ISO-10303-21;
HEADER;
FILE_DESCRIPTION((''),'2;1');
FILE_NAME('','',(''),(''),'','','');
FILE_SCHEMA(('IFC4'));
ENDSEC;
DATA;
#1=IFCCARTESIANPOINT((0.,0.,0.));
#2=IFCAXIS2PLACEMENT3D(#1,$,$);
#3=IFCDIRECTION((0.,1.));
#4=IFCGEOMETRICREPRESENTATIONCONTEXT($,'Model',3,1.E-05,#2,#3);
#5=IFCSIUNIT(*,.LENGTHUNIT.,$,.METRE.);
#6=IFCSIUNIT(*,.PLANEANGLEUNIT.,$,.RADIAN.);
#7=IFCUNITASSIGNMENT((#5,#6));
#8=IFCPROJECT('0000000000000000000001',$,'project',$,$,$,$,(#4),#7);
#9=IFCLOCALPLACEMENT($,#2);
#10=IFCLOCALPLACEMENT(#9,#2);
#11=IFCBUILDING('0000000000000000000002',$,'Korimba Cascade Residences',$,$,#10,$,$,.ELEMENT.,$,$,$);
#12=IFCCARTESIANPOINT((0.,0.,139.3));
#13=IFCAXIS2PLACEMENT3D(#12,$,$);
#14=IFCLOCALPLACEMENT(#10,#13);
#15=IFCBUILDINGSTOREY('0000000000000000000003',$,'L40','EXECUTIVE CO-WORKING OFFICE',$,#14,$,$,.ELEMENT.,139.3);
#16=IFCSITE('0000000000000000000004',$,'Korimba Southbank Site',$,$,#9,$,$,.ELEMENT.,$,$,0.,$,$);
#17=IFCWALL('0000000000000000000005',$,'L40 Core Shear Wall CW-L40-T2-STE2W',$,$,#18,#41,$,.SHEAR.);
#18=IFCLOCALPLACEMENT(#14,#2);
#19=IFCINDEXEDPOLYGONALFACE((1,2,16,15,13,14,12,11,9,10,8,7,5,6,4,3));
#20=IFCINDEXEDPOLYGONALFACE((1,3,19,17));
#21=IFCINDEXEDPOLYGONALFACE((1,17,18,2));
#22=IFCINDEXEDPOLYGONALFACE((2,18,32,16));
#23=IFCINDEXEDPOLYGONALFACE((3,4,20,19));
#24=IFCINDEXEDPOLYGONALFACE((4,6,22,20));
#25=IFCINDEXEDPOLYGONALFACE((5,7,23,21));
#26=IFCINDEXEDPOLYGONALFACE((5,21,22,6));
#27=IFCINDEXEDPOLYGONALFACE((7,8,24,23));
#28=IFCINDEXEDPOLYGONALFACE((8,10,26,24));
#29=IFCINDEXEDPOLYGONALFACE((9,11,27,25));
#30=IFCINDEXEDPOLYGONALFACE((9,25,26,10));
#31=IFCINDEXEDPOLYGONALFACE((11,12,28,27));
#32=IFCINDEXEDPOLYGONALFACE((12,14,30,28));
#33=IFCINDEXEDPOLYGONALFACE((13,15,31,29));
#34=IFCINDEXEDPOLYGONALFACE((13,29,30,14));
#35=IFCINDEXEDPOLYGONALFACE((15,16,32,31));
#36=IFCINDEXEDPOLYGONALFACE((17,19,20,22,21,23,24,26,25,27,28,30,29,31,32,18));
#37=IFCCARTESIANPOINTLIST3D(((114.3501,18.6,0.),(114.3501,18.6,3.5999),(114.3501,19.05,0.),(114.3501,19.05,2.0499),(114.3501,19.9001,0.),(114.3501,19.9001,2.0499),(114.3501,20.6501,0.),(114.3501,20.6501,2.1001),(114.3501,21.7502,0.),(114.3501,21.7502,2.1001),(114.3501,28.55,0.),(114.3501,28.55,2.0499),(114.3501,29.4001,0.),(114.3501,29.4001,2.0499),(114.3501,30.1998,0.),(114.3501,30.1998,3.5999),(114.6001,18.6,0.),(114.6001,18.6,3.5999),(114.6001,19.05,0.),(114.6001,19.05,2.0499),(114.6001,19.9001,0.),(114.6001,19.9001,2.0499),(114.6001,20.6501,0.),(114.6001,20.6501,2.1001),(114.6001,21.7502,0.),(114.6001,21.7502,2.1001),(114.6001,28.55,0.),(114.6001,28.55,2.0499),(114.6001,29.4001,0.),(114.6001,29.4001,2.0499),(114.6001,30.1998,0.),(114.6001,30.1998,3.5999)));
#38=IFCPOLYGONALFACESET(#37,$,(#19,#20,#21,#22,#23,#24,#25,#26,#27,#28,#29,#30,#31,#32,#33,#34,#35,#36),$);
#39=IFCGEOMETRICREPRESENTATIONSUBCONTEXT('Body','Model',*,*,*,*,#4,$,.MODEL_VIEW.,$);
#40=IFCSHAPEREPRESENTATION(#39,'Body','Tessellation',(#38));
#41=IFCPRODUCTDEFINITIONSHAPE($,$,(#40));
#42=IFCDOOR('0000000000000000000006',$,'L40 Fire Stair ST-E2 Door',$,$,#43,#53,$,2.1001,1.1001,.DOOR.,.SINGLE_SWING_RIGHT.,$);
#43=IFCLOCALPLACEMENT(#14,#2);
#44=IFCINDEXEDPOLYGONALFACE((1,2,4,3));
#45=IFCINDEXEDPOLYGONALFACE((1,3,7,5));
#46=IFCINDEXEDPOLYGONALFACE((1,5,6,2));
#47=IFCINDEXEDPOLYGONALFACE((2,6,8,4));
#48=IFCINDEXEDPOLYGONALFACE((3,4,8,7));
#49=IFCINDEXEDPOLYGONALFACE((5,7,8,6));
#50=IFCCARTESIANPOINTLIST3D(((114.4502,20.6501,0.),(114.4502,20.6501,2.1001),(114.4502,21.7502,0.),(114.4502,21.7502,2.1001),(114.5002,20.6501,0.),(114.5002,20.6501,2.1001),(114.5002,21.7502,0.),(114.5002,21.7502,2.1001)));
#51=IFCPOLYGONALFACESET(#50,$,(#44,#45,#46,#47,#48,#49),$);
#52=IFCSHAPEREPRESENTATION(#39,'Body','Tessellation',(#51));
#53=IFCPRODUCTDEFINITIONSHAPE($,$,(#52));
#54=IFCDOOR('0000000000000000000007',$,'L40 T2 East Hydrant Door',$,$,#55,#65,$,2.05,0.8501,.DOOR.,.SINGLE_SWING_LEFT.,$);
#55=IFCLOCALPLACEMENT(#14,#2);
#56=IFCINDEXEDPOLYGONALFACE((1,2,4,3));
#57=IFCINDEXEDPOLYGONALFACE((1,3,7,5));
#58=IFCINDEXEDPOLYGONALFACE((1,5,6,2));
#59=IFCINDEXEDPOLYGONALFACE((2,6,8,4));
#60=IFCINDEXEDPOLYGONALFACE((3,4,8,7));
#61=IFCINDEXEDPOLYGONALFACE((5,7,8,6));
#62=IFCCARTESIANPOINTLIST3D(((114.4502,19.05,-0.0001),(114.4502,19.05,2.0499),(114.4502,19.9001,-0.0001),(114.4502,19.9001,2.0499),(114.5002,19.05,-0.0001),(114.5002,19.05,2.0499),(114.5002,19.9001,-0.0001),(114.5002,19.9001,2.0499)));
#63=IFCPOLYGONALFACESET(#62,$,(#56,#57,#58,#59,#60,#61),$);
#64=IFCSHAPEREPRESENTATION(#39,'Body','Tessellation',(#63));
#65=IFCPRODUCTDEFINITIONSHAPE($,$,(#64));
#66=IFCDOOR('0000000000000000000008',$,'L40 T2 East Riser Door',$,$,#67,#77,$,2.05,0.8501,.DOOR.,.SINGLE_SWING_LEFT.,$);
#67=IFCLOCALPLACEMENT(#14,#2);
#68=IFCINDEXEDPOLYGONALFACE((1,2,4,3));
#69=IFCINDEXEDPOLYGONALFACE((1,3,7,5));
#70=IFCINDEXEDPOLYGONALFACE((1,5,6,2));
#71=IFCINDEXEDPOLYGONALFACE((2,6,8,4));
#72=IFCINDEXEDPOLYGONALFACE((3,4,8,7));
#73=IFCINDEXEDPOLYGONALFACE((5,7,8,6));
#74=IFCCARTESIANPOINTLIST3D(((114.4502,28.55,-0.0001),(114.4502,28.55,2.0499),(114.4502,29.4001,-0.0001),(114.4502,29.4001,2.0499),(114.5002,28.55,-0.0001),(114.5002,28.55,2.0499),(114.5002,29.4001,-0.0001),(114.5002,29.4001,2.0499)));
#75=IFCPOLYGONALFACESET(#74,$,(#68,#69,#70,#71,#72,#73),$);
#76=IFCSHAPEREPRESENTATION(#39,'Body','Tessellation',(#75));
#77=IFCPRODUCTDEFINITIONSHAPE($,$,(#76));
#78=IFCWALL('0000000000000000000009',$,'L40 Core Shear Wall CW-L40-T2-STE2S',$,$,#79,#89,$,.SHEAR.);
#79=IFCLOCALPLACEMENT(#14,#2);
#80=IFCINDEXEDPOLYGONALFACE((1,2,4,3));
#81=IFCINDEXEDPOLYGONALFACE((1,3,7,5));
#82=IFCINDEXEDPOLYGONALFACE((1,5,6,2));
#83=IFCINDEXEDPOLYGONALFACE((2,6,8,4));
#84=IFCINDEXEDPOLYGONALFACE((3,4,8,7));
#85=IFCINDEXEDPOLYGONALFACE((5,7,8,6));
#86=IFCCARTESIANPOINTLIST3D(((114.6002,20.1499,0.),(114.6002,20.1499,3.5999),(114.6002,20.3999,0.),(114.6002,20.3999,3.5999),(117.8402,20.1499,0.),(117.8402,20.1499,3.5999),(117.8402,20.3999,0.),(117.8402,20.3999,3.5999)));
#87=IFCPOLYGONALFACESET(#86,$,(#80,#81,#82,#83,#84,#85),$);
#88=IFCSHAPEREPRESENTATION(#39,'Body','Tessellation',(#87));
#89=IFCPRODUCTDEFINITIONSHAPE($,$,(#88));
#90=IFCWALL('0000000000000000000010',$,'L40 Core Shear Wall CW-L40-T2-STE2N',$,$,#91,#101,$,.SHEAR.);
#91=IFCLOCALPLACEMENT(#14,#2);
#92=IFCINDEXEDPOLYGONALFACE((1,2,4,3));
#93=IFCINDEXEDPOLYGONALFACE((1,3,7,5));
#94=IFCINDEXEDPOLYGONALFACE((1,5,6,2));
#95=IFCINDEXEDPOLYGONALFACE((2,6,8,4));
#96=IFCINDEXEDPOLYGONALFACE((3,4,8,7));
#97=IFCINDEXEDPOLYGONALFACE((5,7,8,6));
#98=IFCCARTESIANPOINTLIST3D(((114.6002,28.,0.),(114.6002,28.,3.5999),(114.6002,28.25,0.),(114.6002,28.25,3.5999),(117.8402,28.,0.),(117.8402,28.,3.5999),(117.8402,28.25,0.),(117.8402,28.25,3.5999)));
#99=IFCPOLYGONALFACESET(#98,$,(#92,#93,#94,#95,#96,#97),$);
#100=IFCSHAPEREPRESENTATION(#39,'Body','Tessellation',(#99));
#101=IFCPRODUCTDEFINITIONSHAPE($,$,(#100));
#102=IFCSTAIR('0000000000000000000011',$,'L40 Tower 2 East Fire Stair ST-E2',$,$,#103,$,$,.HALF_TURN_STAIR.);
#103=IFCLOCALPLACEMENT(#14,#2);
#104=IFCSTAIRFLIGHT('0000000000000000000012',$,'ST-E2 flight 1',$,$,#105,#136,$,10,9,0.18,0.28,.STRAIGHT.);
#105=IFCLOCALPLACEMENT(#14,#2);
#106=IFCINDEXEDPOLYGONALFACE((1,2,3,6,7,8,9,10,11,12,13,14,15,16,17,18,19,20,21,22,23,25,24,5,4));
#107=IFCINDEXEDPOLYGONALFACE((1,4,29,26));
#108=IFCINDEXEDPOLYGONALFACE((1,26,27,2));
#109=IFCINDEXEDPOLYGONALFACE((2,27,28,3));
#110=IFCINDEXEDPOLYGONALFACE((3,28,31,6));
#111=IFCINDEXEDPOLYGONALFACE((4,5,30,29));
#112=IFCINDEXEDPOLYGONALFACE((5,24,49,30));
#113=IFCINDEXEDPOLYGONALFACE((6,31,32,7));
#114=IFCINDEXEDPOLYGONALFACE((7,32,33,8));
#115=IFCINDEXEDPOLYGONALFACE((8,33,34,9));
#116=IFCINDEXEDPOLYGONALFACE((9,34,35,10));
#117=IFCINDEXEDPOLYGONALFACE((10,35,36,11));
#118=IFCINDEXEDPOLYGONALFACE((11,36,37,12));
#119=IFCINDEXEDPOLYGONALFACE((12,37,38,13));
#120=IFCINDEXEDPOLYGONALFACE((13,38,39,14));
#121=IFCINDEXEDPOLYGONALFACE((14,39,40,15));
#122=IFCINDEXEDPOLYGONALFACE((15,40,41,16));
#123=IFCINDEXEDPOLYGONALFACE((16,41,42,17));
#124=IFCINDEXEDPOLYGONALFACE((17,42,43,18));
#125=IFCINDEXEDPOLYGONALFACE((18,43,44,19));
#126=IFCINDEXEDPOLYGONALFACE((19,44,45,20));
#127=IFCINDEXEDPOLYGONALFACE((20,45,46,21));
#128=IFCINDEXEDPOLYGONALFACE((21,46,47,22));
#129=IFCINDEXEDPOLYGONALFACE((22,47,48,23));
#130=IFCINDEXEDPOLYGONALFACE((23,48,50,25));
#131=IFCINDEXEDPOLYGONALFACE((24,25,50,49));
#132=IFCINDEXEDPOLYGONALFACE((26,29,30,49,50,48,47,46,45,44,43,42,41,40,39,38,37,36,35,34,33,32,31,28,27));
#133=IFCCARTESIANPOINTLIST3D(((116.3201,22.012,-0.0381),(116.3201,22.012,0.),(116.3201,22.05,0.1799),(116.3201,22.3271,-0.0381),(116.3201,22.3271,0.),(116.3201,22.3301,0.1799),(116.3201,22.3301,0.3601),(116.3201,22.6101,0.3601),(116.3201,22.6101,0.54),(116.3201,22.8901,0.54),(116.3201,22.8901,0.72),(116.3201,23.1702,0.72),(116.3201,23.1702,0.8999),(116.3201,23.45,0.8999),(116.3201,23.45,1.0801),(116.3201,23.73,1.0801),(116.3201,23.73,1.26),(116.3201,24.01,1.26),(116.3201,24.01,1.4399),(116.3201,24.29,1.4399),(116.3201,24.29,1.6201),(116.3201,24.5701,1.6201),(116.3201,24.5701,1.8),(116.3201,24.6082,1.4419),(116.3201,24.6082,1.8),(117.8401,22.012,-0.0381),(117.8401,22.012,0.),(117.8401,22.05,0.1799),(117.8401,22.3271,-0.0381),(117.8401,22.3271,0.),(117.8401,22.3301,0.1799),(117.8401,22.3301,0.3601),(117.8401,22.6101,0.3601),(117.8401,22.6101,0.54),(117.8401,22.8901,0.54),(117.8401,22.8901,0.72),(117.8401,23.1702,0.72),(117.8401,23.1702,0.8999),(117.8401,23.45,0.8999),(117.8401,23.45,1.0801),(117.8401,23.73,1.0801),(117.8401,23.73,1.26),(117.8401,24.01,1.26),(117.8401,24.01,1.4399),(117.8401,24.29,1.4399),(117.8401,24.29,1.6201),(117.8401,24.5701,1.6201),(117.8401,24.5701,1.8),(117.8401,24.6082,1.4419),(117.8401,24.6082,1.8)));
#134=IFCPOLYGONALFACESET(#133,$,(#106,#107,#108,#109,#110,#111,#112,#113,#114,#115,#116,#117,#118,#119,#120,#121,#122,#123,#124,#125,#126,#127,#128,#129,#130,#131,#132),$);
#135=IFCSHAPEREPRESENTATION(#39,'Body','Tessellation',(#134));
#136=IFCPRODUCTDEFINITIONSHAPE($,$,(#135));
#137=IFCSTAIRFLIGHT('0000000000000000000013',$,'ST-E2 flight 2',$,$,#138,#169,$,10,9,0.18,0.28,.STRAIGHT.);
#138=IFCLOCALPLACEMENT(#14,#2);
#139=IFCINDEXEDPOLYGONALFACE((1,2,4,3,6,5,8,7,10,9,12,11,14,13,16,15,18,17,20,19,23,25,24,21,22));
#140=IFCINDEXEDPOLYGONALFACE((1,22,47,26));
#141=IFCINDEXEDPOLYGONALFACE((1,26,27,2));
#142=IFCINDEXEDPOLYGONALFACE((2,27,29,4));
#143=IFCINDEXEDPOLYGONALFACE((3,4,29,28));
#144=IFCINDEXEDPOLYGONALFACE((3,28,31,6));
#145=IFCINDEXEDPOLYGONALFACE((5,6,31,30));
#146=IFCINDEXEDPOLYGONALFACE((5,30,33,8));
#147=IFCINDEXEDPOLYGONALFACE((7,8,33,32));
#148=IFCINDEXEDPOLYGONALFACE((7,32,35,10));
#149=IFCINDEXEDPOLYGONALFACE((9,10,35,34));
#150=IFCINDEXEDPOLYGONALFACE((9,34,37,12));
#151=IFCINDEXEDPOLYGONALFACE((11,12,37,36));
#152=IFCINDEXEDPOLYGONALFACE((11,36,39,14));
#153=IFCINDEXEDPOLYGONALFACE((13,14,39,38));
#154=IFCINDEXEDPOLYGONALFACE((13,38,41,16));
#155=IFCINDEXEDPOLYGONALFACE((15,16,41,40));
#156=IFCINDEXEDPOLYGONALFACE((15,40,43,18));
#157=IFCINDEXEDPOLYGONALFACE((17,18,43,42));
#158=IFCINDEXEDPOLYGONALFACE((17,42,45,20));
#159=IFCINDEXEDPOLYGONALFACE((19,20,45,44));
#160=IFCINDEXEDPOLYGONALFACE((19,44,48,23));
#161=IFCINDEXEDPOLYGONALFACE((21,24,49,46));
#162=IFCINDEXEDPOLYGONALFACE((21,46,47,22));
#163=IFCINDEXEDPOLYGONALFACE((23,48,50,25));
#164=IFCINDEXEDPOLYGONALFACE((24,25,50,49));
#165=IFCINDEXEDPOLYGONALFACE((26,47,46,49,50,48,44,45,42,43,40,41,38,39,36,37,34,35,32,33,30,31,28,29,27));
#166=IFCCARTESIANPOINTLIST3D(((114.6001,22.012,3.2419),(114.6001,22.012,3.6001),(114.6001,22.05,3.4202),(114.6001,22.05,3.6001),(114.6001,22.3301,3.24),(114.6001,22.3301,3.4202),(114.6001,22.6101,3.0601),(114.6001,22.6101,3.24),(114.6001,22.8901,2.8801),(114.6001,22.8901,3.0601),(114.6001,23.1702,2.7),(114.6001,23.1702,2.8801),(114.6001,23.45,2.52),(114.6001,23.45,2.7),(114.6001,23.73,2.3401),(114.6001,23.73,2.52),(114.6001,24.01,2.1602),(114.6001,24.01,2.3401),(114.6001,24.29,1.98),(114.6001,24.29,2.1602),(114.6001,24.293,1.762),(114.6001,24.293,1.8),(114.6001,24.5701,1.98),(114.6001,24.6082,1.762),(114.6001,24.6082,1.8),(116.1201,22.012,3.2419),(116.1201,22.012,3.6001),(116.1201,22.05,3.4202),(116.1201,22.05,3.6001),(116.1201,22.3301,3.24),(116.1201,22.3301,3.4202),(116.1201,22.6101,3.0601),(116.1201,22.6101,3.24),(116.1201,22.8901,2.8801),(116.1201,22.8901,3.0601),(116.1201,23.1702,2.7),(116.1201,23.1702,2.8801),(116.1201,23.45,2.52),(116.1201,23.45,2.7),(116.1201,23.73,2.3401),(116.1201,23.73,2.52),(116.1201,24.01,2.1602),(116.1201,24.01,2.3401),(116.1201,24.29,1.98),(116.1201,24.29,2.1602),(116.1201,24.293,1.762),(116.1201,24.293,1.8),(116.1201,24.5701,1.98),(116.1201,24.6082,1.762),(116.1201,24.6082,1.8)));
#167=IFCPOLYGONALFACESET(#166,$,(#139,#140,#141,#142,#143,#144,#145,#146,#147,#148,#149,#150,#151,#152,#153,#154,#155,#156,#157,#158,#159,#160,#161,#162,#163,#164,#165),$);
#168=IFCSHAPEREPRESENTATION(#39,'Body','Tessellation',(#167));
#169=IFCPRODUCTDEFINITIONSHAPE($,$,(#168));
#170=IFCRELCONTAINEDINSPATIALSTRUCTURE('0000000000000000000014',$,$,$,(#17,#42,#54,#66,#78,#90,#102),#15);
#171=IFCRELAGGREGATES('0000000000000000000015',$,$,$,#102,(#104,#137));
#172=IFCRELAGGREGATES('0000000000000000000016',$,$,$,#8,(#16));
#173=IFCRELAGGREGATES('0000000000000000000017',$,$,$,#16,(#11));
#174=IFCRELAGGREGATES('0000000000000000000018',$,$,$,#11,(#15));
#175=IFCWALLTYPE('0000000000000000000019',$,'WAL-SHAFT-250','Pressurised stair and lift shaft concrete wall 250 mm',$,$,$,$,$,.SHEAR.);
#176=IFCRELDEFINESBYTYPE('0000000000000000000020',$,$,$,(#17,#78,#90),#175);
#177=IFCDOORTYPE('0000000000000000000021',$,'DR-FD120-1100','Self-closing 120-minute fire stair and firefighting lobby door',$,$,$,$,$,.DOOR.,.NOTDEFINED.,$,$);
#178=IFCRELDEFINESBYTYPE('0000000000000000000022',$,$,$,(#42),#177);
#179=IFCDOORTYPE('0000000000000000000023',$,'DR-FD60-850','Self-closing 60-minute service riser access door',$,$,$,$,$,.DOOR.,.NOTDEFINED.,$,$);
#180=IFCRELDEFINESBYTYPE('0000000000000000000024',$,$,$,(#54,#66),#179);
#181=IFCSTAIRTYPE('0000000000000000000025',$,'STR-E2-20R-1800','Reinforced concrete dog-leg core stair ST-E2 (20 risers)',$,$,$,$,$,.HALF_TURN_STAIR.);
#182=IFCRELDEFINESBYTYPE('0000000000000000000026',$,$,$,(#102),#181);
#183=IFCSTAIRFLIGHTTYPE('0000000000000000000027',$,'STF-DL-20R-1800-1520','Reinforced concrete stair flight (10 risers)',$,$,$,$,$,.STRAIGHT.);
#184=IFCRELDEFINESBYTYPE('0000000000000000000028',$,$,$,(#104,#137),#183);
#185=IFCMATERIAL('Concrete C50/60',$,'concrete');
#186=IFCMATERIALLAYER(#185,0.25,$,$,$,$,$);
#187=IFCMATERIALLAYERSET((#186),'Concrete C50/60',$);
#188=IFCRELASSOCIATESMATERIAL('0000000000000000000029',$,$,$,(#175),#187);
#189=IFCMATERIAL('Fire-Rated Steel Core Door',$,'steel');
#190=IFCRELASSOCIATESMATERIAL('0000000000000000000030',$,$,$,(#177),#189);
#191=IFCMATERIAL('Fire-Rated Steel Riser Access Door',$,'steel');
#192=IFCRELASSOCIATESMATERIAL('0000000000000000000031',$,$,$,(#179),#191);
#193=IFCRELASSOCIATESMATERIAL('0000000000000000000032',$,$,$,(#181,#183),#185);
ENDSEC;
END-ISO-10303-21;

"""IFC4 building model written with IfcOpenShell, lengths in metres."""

from ifc_helpers import new_model, si_unit, direction, frame, frame_2d, origin, place, context, subcontext, project, spatial, polyline, rectangle, outline, extrude, material, layer, layer_set, type_object, element, fill, aggregate, save


model = new_model("IFC4")

# Units and contexts
model_context = context("Model", 3, precision=1e-05, world=origin(), true_north=direction((0.0, 1.0)))
body_context = subcontext(model_context, "Body", "Model", "MODEL_VIEW")
ifc_project = project(units=[si_unit("LENGTHUNIT", "METRE"), si_unit("PLANEANGLEUNIT", "RADIAN")], contexts=[model_context])

# Site, building, storey
site_placement = place(None, origin())
site = spatial("IfcSite", under=ifc_project, at=site_placement, Name="Korimba Southbank Site", CompositionType="ELEMENT", RefElevation=0.0)
building_placement = place(site_placement, origin())
building = spatial("IfcBuilding", under=site, at=building_placement, Name="Korimba Cascade Residences", CompositionType="ELEMENT")
storey_placement = place(building_placement, frame((0.0, 0.0, 139.3)))
storey = spatial("IfcBuildingStorey", under=building, at=storey_placement, Name="L40", Description="EXECUTIVE CO-WORKING OFFICE", CompositionType="ELEMENT", Elevation=139.3)

# Wall, openings, doors
ifc_material_1 = material(Name="Concrete C50/60", Category="concrete")
ifc_layer_1 = layer(ifc_material_1, 0.25)
ifc_layer_set_1 = layer_set([ifc_layer_1], Name="Concrete C50/60")
wall_type_1 = type_object("IfcWallType", Name="WAL-SHAFT-250", Description="Pressurised stair and lift shaft concrete wall 250 mm", PredefinedType="SHEAR", material=ifc_layer_set_1)
wall_1_placement = place(storey_placement, frame((114.4751, 18.6001, 0.0), z_axis=(0.0, 0.0, 1.0), x_axis=(0.0, 1.0, 0.0)))
wall_1 = element("IfcWall", 1, at=wall_1_placement, inside=storey, type_object=wall_type_1, Name="L40 Core Shear Wall CW-L40-T2-STE2W", PredefinedType="SHEAR", context=body_context, shape_type="SweptSolid", body=[
    extrude(rectangle(XDim=11.5999, YDim=0.25, at=frame_2d((5.7998, 0.0))), origin(), (0.0, 0.0, 1.0), 3.5999),
])
opening_1_placement = place(wall_1_placement, frame((0.45, 0.0, 0.0)))
opening_1 = element("IfcOpeningElement", 2, at=opening_1_placement, cuts=wall_1, PredefinedType="OPENING", context=body_context, shape_type="SweptSolid", body=[
    extrude(rectangle(XDim=0.8501, YDim=2.05, at=frame_2d((0.425, 1.0249))), frame((0.0, 0.135, 0.0), z_axis=(0.0, -1.0, 0.0), x_axis=(1.0, 0.0, 0.0)), (0.0, 0.0, 1.0), 0.27),
])
opening_2_placement = place(wall_1_placement, frame((2.05, 0.0, 0.0)))
opening_2 = element("IfcOpeningElement", 3, at=opening_2_placement, cuts=wall_1, PredefinedType="OPENING", context=body_context, shape_type="SweptSolid", body=[
    extrude(rectangle(XDim=1.1001, YDim=2.1001, at=frame_2d((0.55, 1.05))), frame((0.0, 0.135, 0.0), z_axis=(0.0, -1.0, 0.0), x_axis=(1.0, 0.0, 0.0)), (0.0, 0.0, 1.0), 0.27),
])
opening_3_placement = place(wall_1_placement, frame((9.95, 0.0, 0.0)))
opening_3 = element("IfcOpeningElement", 4, at=opening_3_placement, cuts=wall_1, PredefinedType="OPENING", context=body_context, shape_type="SweptSolid", body=[
    extrude(rectangle(XDim=0.8501, YDim=2.05, at=frame_2d((0.425, 1.0249))), frame((0.0, 0.135, 0.0), z_axis=(0.0, -1.0, 0.0), x_axis=(1.0, 0.0, 0.0)), (0.0, 0.0, 1.0), 0.27),
])
ifc_material_2 = material(Name="Fire-Rated Steel Core Door", Category="steel")
door_type_1 = type_object("IfcDoorType", Name="DR-FD120-1100", Description="Self-closing 120-minute fire stair and firefighting lobby door", OperationType="NOTDEFINED", PredefinedType="DOOR", material=ifc_material_2)
door_1_placement = place(opening_2_placement, origin())
door_1 = element("IfcDoor", 5, at=door_1_placement, inside=storey, type_object=door_type_1, Name="L40 Fire Stair ST-E2 Door", OperationType="SINGLE_SWING_RIGHT", OverallHeight=2.1001, OverallWidth=1.1001, PredefinedType="DOOR", context=body_context, shape_type="SweptSolid", body=[
    extrude(rectangle(XDim=1.1001, YDim=2.1001, at=frame_2d((0.55, 1.05))), frame((0.0, 0.0249, 0.0), z_axis=(0.0, -1.0, 0.0), x_axis=(1.0, 0.0, 0.0)), (0.0, 0.0, 1.0), 0.05),
])
fill(opening_2, door_1)
ifc_material_3 = material(Name="Fire-Rated Steel Riser Access Door", Category="steel")
door_type_2 = type_object("IfcDoorType", Name="DR-FD60-850", Description="Self-closing 60-minute service riser access door", OperationType="NOTDEFINED", PredefinedType="DOOR", material=ifc_material_3)
door_2_placement = place(opening_1_placement, origin())
door_2 = element("IfcDoor", 6, at=door_2_placement, inside=storey, type_object=door_type_2, Name="L40 T2 East Hydrant Door", OperationType="SINGLE_SWING_LEFT", OverallHeight=2.05, OverallWidth=0.8501, PredefinedType="DOOR", context=body_context, shape_type="SweptSolid", body=[
    extrude(rectangle(XDim=0.8501, YDim=2.05, at=frame_2d((0.425, 1.0249))), frame((0.0, 0.0249, 0.0), z_axis=(0.0, -1.0, 0.0), x_axis=(1.0, 0.0, 0.0)), (0.0, 0.0, 1.0), 0.05),
])
fill(opening_1, door_2)
door_3_placement = place(opening_3_placement, origin())
door_3 = element("IfcDoor", 7, at=door_3_placement, inside=storey, type_object=door_type_2, Name="L40 T2 East Riser Door", OperationType="SINGLE_SWING_LEFT", OverallHeight=2.05, OverallWidth=0.8501, PredefinedType="DOOR", context=body_context, shape_type="SweptSolid", body=[
    extrude(rectangle(XDim=0.8501, YDim=2.05, at=frame_2d((0.425, 1.0249))), frame((0.0, 0.0249, 0.0), z_axis=(0.0, -1.0, 0.0), x_axis=(1.0, 0.0, 0.0)), (0.0, 0.0, 1.0), 0.05),
])
fill(opening_3, door_3)

# Walls
for number, where, z_axis, x_axis, name in (
    (8, (114.6001, 20.2749, 0.0), (0.0, 0.0, 1.0), (1.0, 0.0, 0.0), "L40 Core Shear Wall CW-L40-T2-STE2S"),
    (9, (114.6001, 28.125, 0.0), (0.0, 0.0, 1.0), (1.0, 0.0, 0.0), "L40 Core Shear Wall CW-L40-T2-STE2N"),
):
    element("IfcWall", number, at=place(storey_placement, frame(where, z_axis=z_axis, x_axis=x_axis)), inside=storey, type_object=wall_type_1, Name=name, PredefinedType="SHEAR", context=body_context, shape_type="SweptSolid", body=[
        extrude(rectangle(XDim=3.24, YDim=0.25, at=frame_2d((1.6201, 0.0))), origin(), (0.0, 0.0, 1.0), 3.5999),
    ])

# Stair, stair flights
stair_type = type_object("IfcStairType", Name="STR-E2-20R-1800", Description="Reinforced concrete dog-leg core stair ST-E2 (20 risers)", PredefinedType="HALF_TURN_STAIR", material=ifc_material_1)
stair_placement = place(storey_placement, origin())
stair = element("IfcStair", 10, at=stair_placement, inside=storey, type_object=stair_type, Name="L40 Tower 2 East Fire Stair ST-E2", PredefinedType="HALF_TURN_STAIR")
stair_flight_type = type_object("IfcStairFlightType", Name="STF-DL-20R-1800-1520", Description="Reinforced concrete stair flight (10 risers)", PredefinedType="STRAIGHT", material=ifc_material_1)
stair_flight_1_placement = place(storey_placement, frame((117.0801, 22.05, 0.0), z_axis=(0.0, 0.0, 1.0), x_axis=(0.0, 1.0, 0.0)))
stair_flight_1 = element("IfcStairFlight", 11, at=stair_flight_1_placement, type_object=stair_flight_type, Name="ST-E2 flight 1", NumberOfRisers=10, NumberOfTreads=9, PredefinedType="STRAIGHT", RiserHeight=0.18, TreadLength=0.28, context=body_context, shape_type="SweptSolid", body=[
    extrude(outline(polyline([(-0.0381, 0.0), (0.0, 0.1799), (0.28, 0.1799), (0.28, 0.3601), (0.5601, 0.3601), (0.5601, 0.54), (0.8401, 0.54), (0.8401, 0.72), (1.1201, 0.72), (1.1201, 0.8999), (1.3999, 0.8999), (1.3999, 1.0801), (1.6799, 1.0801), (1.6799, 1.26), (1.96, 1.26), (1.96, 1.4399), (2.24, 1.4399), (2.24, 1.6201), (2.52, 1.6201), (2.52, 1.8), (2.5581, 1.8), (2.5581, 1.4419), (0.2771, 0.0), (0.2771, -0.0381), (-0.0381, -0.0381), (-0.0381, 0.0)])), frame((0.0, 0.76, 0.0), z_axis=(0.0, -1.0, 0.0), x_axis=(1.0, 0.0, 0.0)), (0.0, 0.0, 1.0), 1.52),
])
stair_flight_2_placement = place(storey_placement, frame((115.3601, 24.5701, 1.8), z_axis=(0.0, 0.0, 1.0), x_axis=(0.0, -1.0, 0.0)))
stair_flight_2 = element("IfcStairFlight", 12, at=stair_flight_2_placement, type_object=stair_flight_type, Name="ST-E2 flight 2", NumberOfRisers=10, NumberOfTreads=9, PredefinedType="STRAIGHT", RiserHeight=0.18, TreadLength=0.28, context=body_context, shape_type="SweptSolid", body=[
    extrude(outline(polyline([(-0.0381, 0.0), (0.0, 0.1799), (0.28, 0.1799), (0.28, 0.3601), (0.5601, 0.3601), (0.5601, 0.54), (0.8401, 0.54), (0.8401, 0.72), (1.1201, 0.72), (1.1201, 0.8999), (1.3999, 0.8999), (1.3999, 1.0801), (1.6799, 1.0801), (1.6799, 1.26), (1.96, 1.26), (1.96, 1.4399), (2.24, 1.4399), (2.24, 1.6201), (2.52, 1.6201), (2.52, 1.8), (2.5581, 1.8), (2.5581, 1.4419), (0.2771, 0.0), (0.2771, -0.0381), (-0.0381, -0.0381), (-0.0381, 0.0)])), frame((0.0, 0.76, 0.0), z_axis=(0.0, -1.0, 0.0), x_axis=(1.0, 0.0, 0.0)), (0.0, 0.0, 1.0), 1.52),
])
aggregate(stair, [stair_flight_1, stair_flight_2])

save(model, "model.ifc")
